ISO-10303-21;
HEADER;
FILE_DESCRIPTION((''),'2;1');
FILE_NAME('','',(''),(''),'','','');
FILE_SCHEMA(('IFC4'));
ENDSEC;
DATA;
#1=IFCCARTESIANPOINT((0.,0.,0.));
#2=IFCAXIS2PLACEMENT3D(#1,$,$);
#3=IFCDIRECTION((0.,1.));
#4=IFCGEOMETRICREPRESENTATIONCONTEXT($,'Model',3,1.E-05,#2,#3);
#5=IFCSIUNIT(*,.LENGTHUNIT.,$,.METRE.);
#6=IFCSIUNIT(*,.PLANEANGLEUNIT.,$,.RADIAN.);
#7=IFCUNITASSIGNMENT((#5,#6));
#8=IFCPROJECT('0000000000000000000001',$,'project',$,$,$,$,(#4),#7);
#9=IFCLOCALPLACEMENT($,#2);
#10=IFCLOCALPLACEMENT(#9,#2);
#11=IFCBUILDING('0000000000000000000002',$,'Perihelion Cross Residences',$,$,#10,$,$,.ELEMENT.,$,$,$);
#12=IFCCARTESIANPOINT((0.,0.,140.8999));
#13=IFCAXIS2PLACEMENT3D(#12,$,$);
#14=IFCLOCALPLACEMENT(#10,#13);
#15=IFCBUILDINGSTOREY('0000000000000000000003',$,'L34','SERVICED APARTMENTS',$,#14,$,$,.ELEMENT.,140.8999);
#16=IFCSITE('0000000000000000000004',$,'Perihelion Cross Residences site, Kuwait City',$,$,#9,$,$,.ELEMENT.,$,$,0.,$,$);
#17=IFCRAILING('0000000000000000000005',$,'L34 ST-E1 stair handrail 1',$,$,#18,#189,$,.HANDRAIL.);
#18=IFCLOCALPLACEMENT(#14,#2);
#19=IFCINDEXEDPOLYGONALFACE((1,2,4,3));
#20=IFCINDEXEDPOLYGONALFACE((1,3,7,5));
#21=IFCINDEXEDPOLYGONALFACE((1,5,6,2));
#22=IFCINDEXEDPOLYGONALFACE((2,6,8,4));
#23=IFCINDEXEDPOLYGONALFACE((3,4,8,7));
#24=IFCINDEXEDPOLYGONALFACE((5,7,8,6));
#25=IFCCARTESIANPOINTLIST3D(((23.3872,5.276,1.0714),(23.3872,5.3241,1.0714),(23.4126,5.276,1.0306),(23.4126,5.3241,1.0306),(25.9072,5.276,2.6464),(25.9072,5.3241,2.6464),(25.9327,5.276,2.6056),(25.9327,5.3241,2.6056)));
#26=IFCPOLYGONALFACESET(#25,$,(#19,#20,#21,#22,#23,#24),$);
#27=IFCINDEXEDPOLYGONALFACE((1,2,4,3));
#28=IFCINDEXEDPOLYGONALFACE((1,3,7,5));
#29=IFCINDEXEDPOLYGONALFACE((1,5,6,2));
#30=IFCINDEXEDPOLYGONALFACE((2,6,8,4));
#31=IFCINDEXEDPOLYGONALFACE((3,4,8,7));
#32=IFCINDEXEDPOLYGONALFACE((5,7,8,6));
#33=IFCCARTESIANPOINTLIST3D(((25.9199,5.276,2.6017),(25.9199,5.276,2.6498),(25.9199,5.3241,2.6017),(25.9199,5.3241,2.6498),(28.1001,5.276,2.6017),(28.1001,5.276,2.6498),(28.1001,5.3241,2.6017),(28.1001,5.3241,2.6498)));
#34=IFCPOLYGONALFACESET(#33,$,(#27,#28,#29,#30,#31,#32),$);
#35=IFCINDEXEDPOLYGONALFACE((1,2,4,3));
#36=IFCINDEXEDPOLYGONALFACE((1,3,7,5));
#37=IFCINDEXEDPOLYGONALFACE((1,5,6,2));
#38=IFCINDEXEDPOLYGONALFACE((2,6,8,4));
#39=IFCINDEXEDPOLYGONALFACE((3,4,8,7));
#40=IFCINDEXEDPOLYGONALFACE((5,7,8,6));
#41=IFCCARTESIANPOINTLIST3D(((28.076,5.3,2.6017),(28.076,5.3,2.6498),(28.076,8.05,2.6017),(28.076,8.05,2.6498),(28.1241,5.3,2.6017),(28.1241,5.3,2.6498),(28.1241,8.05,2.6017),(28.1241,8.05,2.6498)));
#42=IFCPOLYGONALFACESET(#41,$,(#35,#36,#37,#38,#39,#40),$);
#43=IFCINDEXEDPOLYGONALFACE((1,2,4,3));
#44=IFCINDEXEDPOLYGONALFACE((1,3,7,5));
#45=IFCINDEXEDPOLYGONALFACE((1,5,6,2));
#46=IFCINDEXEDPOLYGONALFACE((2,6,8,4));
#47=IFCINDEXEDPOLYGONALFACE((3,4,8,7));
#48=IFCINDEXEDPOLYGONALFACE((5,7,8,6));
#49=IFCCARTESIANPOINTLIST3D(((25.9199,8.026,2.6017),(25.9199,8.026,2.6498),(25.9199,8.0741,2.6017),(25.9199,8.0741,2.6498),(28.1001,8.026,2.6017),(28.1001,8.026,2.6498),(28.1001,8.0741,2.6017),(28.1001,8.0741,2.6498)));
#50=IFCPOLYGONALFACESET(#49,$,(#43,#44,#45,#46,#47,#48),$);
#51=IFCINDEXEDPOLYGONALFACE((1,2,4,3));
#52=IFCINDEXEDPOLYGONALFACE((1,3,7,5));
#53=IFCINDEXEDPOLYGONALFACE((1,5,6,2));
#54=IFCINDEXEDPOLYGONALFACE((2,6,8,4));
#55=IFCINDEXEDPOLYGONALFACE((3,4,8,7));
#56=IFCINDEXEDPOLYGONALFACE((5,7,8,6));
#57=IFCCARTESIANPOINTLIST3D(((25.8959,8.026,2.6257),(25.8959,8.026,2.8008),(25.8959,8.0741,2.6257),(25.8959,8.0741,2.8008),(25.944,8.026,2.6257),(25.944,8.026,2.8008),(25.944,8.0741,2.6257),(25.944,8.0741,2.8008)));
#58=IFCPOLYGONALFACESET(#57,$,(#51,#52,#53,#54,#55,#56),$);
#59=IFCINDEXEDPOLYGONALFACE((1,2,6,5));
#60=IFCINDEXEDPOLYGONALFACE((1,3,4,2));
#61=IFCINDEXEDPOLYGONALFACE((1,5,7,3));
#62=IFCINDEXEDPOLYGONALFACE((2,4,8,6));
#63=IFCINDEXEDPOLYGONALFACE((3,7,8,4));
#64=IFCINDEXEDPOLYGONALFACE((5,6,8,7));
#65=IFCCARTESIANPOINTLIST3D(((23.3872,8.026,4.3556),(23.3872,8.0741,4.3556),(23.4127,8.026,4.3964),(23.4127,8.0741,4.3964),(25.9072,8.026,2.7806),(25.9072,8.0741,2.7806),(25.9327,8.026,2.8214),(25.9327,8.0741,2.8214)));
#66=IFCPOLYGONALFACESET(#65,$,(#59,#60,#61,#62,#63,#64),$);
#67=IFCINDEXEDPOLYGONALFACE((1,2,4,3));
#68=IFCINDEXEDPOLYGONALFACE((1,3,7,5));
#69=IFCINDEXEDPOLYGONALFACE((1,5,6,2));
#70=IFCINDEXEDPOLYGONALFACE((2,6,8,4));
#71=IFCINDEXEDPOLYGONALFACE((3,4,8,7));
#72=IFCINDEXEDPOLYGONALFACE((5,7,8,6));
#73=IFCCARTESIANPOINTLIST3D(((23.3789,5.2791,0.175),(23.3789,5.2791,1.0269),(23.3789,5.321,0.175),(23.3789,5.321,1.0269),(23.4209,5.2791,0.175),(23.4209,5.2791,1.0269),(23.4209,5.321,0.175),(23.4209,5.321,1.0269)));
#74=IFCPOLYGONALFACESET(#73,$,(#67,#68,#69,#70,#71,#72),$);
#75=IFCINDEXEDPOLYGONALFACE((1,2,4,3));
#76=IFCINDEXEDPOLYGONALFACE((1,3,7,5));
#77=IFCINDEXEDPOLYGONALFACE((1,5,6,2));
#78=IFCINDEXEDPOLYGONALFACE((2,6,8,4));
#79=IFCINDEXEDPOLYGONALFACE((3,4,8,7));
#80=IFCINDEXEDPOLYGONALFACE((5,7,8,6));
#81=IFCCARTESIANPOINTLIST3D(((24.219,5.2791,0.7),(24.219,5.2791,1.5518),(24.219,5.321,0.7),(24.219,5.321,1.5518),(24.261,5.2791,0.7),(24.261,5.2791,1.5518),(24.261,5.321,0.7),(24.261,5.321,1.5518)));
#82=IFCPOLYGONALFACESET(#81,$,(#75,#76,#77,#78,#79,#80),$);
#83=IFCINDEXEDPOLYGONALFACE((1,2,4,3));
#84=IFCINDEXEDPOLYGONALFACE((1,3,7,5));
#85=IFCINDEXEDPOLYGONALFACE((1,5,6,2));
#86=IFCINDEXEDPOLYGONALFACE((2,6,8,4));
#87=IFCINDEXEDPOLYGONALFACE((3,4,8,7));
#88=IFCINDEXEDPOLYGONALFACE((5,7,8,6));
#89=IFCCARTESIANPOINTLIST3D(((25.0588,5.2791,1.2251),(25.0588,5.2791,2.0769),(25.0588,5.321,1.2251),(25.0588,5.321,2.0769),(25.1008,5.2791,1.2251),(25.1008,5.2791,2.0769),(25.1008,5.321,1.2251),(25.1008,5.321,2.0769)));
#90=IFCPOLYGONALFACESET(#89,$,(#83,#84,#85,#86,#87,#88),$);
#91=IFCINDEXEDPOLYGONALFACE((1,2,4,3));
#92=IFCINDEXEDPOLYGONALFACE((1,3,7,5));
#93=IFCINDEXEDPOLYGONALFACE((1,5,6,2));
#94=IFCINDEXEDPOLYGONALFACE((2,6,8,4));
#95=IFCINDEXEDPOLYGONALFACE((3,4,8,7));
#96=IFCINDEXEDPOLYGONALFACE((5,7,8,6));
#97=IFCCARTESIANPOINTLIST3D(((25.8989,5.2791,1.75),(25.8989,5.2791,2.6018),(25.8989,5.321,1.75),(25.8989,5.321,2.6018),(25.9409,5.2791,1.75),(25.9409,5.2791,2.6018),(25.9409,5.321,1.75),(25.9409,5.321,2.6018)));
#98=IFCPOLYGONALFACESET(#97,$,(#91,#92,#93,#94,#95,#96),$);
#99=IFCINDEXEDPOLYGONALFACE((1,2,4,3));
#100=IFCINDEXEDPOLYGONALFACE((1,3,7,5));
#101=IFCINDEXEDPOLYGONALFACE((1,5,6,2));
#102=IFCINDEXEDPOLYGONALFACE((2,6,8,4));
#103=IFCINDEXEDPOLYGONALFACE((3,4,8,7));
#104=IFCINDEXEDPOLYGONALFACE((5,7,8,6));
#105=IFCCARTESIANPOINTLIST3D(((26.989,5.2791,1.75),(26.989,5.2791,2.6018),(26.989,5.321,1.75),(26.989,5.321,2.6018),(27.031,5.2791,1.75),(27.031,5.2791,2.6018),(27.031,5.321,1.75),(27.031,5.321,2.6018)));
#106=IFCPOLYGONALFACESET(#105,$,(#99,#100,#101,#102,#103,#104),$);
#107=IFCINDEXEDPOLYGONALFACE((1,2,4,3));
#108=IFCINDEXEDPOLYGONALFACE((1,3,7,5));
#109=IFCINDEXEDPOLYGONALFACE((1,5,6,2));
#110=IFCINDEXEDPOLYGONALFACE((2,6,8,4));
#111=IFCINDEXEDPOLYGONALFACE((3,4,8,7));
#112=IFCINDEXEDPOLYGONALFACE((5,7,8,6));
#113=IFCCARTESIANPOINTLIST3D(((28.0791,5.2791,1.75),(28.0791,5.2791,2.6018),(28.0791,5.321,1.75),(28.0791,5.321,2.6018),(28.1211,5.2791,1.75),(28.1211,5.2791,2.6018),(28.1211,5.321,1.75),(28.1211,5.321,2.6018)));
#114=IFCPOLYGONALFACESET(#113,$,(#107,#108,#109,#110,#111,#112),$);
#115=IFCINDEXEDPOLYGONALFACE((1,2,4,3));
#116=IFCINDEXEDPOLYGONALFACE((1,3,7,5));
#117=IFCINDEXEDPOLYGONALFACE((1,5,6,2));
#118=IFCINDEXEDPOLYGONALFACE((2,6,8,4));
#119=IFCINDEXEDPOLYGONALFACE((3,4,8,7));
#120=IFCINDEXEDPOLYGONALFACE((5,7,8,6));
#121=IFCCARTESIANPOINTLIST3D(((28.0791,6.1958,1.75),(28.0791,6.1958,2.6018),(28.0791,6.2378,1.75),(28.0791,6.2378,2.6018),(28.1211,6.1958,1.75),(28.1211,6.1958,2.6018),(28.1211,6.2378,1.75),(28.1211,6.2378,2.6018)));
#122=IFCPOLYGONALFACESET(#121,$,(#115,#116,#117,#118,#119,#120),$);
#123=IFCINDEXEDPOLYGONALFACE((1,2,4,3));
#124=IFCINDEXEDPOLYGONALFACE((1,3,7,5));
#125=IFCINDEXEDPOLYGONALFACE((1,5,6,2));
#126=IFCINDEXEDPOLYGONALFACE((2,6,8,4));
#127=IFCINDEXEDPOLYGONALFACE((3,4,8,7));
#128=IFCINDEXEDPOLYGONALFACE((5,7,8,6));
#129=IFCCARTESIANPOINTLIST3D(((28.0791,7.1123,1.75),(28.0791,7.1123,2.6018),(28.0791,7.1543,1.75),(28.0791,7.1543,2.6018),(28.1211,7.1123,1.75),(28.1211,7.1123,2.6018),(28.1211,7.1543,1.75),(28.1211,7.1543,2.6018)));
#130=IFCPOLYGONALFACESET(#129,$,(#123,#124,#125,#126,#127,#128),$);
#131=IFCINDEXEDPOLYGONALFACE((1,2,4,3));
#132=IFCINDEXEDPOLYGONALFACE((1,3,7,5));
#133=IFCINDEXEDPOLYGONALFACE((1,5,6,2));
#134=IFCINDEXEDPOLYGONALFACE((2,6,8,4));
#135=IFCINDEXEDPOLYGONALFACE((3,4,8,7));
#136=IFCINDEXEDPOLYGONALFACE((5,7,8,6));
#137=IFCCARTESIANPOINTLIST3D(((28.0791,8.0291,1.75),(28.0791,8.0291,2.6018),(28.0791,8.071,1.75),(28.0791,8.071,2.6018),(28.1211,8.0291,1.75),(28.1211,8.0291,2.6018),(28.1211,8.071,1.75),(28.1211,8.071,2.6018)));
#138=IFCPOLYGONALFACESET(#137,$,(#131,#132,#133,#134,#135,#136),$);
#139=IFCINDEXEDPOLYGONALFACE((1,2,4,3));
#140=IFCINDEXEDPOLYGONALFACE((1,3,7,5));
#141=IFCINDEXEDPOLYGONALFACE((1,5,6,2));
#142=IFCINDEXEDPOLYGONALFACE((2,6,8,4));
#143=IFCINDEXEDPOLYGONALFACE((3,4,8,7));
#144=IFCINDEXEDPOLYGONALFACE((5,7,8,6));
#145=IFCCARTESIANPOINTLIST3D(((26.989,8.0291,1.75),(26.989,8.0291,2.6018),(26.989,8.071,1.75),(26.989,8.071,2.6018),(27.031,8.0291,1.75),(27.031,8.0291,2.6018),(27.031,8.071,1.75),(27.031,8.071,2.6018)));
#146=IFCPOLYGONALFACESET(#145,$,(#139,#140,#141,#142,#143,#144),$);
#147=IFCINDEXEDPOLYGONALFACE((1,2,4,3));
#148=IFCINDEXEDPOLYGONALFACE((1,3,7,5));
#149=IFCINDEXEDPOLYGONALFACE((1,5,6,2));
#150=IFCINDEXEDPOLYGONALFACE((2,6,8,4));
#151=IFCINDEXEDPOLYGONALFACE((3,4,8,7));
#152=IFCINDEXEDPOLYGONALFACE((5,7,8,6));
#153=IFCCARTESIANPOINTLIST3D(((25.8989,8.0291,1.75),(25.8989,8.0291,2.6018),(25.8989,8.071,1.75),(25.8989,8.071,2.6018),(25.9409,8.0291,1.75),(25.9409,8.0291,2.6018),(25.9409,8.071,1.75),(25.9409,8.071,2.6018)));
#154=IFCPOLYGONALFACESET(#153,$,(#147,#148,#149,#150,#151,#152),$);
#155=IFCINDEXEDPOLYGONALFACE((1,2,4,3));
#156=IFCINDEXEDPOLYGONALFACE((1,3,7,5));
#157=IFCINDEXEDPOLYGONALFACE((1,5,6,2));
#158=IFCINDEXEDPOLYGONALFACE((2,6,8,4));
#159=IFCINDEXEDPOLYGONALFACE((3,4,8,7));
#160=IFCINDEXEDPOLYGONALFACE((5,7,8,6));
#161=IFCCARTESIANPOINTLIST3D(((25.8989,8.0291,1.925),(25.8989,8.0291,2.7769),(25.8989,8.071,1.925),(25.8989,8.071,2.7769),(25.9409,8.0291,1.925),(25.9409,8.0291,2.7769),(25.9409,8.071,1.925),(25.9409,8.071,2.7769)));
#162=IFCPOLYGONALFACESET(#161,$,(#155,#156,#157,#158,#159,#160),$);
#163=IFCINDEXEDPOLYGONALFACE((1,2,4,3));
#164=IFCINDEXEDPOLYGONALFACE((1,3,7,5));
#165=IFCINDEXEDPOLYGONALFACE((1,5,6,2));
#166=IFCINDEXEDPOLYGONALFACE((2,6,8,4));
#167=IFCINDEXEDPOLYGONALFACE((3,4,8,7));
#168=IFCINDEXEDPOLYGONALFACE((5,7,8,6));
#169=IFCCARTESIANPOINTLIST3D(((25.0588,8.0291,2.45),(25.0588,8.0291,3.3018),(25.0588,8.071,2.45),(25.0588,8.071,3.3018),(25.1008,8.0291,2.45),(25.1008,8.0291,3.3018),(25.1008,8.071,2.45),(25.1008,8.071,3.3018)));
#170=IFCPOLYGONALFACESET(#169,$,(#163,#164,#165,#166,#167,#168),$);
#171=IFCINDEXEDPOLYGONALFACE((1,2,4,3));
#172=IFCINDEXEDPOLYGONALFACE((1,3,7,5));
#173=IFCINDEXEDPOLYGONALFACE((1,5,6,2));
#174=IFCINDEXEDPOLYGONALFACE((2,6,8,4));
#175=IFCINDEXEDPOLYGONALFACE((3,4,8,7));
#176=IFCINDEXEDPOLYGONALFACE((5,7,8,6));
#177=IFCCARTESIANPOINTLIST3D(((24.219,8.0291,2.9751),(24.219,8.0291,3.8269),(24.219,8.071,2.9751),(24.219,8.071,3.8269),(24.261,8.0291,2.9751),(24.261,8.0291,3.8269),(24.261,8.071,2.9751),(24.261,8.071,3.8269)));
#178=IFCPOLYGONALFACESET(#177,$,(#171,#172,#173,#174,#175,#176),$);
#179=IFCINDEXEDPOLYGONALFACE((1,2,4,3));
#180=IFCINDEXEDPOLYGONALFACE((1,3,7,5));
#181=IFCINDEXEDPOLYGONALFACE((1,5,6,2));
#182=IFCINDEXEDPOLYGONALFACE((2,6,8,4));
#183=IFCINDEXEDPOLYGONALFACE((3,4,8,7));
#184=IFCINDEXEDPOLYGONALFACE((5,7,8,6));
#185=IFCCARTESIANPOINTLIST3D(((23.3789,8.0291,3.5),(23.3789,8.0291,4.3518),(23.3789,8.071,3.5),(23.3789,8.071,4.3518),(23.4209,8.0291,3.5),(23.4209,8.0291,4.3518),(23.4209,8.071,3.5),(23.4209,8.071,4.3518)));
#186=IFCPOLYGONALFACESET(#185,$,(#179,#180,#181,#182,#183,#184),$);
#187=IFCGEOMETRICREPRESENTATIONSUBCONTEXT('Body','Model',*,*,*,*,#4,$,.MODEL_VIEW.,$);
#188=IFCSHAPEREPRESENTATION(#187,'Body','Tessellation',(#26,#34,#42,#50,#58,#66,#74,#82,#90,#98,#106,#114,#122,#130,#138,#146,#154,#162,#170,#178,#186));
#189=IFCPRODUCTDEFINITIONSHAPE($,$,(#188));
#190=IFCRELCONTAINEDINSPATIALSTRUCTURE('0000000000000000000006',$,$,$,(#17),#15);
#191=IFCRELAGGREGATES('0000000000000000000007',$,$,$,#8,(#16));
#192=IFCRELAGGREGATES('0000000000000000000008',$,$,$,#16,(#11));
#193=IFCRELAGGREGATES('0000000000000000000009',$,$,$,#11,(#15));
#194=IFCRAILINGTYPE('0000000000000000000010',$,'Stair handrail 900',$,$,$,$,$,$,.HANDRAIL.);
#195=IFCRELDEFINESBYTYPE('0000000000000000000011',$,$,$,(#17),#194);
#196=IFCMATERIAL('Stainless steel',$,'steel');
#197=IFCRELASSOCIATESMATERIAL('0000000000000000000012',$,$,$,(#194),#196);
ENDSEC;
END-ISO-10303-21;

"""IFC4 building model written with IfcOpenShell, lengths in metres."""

from ifc_helpers import new_model, si_unit, direction, frame, origin, origin_2d, place, context, subcontext, project, spatial, rectangle, extrude, material, type_object, element, save


model = new_model("IFC4")

# Units and contexts
model_context = context("Model", 3, precision=1e-05, world=origin(), true_north=direction((0.0, 1.0)))
body_context = subcontext(model_context, "Body", "Model", "MODEL_VIEW")
ifc_project = project(units=[si_unit("LENGTHUNIT", "METRE"), si_unit("PLANEANGLEUNIT", "RADIAN")], contexts=[model_context])

# Site, building, storey
site_placement = place(None, origin())
site = spatial("IfcSite", under=ifc_project, at=site_placement, Name="Perihelion Cross Residences site, Kuwait City", CompositionType="ELEMENT", RefElevation=0.0)
building_placement = place(site_placement, origin())
building = spatial("IfcBuilding", under=site, at=building_placement, Name="Perihelion Cross Residences", CompositionType="ELEMENT")
storey_placement = place(building_placement, frame((0.0, 0.0, 140.8999)))
storey = spatial("IfcBuildingStorey", under=building, at=storey_placement, Name="L34", Description="SERVICED APARTMENTS", CompositionType="ELEMENT", Elevation=140.8999)

# Railing
ifc_material_1 = material(Name="Stainless steel", Category="steel")
railing_type_1 = type_object("IfcRailingType", Name="Stair handrail 900", PredefinedType="HANDRAIL", material=ifc_material_1)
railing_1_placement = place(storey_placement, frame((23.3999, 5.3, 0.175)))
element("IfcRailing", 1, at=railing_1_placement, inside=storey, type_object=railing_type_1, Name="L34 ST-E1 stair handrail 1", PredefinedType="HANDRAIL", context=body_context, shape_type="SweptSolid", body=[
    extrude(rectangle(XDim=0.0481, YDim=0.0481, at=origin_2d()), frame((0.0, 0.0, 0.876), z_axis=(0.848008, 0.0, 0.529984), x_axis=(0.0, 1.0, 0.0)), (0.0, 0.0, 1.0), 2.9717),
    extrude(rectangle(XDim=0.0481, YDim=0.0481, at=origin_2d()), frame((2.52, 0.0, 2.4507), z_axis=(1.0, 0.0, 0.0), x_axis=(0.0, 1.0, 0.0)), (0.0, 0.0, 1.0), 2.1802),
    extrude(rectangle(XDim=0.0481, YDim=0.0481, at=origin_2d()), frame((4.7002, 0.0, 2.4507), z_axis=(0.0, 1.0, 0.0), x_axis=(-1.0, 0.0, 0.0)), (0.0, 0.0, 1.0), 2.75),
    extrude(rectangle(XDim=0.0481, YDim=0.0481, at=origin_2d()), frame((4.7002, 2.75, 2.4507), z_axis=(-1.0, 0.0, 0.0), x_axis=(0.0, -1.0, 0.0)), (0.0, 0.0, 1.0), 2.1802),
    extrude(rectangle(XDim=0.0481, YDim=0.0481, at=origin_2d()), frame((2.52, 2.75, 2.4507), z_axis=(0.0, 0.0, 1.0), x_axis=(1.0, 0.0, 0.0)), (0.0, 0.0, 1.0), 0.175),
    extrude(rectangle(XDim=0.0481, YDim=0.0481, at=origin_2d()), frame((2.52, 2.75, 2.626), z_axis=(-0.848008, 0.0, 0.529984), x_axis=(0.0, -1.0, 0.0)), (0.0, 0.0, 1.0), 2.9717),
    extrude(rectangle(XDim=0.042, YDim=0.042, at=origin_2d()), origin(), (0.0, 0.0, 1.0), 0.8518),
    extrude(rectangle(XDim=0.042, YDim=0.042, at=origin_2d()), frame((0.8401, 0.0, 0.5249)), (0.0, 0.0, 1.0), 0.8518),
    extrude(rectangle(XDim=0.042, YDim=0.042, at=origin_2d()), frame((1.6799, 0.0, 1.05)), (0.0, 0.0, 1.0), 0.8518),
    extrude(rectangle(XDim=0.042, YDim=0.042, at=origin_2d()), frame((2.52, 0.0, 1.575)), (0.0, 0.0, 1.0), 0.8518),
    extrude(rectangle(XDim=0.042, YDim=0.042, at=origin_2d()), frame((3.6101, 0.0, 1.575)), (0.0, 0.0, 1.0), 0.8518),
    extrude(rectangle(XDim=0.042, YDim=0.042, at=origin_2d()), frame((4.7002, 0.0, 1.575)), (0.0, 0.0, 1.0), 0.8518),
    extrude(rectangle(XDim=0.042, YDim=0.042, at=origin_2d()), frame((4.7002, 0.9167, 1.575)), (0.0, 0.0, 1.0), 0.8518),
    extrude(rectangle(XDim=0.042, YDim=0.042, at=origin_2d()), frame((4.7002, 1.8333, 1.575)), (0.0, 0.0, 1.0), 0.8518),
    extrude(rectangle(XDim=0.042, YDim=0.042, at=origin_2d()), frame((4.7002, 2.75, 1.575)), (0.0, 0.0, 1.0), 0.8518),
    extrude(rectangle(XDim=0.042, YDim=0.042, at=origin_2d()), frame((3.6101, 2.75, 1.575)), (0.0, 0.0, 1.0), 0.8518),
    extrude(rectangle(XDim=0.042, YDim=0.042, at=origin_2d()), frame((2.52, 2.75, 1.575)), (0.0, 0.0, 1.0), 0.8518),
    extrude(rectangle(XDim=0.042, YDim=0.042, at=origin_2d()), frame((2.52, 2.75, 1.75)), (0.0, 0.0, 1.0), 0.8518),
    extrude(rectangle(XDim=0.042, YDim=0.042, at=origin_2d()), frame((1.6799, 2.75, 2.2749)), (0.0, 0.0, 1.0), 0.8518),
    extrude(rectangle(XDim=0.042, YDim=0.042, at=origin_2d()), frame((0.8401, 2.75, 2.8)), (0.0, 0.0, 1.0), 0.8518),
    extrude(rectangle(XDim=0.042, YDim=0.042, at=origin_2d()), frame((0.0, 2.75, 3.325)), (0.0, 0.0, 1.0), 0.8518),
])

save(model, "model.ifc")
